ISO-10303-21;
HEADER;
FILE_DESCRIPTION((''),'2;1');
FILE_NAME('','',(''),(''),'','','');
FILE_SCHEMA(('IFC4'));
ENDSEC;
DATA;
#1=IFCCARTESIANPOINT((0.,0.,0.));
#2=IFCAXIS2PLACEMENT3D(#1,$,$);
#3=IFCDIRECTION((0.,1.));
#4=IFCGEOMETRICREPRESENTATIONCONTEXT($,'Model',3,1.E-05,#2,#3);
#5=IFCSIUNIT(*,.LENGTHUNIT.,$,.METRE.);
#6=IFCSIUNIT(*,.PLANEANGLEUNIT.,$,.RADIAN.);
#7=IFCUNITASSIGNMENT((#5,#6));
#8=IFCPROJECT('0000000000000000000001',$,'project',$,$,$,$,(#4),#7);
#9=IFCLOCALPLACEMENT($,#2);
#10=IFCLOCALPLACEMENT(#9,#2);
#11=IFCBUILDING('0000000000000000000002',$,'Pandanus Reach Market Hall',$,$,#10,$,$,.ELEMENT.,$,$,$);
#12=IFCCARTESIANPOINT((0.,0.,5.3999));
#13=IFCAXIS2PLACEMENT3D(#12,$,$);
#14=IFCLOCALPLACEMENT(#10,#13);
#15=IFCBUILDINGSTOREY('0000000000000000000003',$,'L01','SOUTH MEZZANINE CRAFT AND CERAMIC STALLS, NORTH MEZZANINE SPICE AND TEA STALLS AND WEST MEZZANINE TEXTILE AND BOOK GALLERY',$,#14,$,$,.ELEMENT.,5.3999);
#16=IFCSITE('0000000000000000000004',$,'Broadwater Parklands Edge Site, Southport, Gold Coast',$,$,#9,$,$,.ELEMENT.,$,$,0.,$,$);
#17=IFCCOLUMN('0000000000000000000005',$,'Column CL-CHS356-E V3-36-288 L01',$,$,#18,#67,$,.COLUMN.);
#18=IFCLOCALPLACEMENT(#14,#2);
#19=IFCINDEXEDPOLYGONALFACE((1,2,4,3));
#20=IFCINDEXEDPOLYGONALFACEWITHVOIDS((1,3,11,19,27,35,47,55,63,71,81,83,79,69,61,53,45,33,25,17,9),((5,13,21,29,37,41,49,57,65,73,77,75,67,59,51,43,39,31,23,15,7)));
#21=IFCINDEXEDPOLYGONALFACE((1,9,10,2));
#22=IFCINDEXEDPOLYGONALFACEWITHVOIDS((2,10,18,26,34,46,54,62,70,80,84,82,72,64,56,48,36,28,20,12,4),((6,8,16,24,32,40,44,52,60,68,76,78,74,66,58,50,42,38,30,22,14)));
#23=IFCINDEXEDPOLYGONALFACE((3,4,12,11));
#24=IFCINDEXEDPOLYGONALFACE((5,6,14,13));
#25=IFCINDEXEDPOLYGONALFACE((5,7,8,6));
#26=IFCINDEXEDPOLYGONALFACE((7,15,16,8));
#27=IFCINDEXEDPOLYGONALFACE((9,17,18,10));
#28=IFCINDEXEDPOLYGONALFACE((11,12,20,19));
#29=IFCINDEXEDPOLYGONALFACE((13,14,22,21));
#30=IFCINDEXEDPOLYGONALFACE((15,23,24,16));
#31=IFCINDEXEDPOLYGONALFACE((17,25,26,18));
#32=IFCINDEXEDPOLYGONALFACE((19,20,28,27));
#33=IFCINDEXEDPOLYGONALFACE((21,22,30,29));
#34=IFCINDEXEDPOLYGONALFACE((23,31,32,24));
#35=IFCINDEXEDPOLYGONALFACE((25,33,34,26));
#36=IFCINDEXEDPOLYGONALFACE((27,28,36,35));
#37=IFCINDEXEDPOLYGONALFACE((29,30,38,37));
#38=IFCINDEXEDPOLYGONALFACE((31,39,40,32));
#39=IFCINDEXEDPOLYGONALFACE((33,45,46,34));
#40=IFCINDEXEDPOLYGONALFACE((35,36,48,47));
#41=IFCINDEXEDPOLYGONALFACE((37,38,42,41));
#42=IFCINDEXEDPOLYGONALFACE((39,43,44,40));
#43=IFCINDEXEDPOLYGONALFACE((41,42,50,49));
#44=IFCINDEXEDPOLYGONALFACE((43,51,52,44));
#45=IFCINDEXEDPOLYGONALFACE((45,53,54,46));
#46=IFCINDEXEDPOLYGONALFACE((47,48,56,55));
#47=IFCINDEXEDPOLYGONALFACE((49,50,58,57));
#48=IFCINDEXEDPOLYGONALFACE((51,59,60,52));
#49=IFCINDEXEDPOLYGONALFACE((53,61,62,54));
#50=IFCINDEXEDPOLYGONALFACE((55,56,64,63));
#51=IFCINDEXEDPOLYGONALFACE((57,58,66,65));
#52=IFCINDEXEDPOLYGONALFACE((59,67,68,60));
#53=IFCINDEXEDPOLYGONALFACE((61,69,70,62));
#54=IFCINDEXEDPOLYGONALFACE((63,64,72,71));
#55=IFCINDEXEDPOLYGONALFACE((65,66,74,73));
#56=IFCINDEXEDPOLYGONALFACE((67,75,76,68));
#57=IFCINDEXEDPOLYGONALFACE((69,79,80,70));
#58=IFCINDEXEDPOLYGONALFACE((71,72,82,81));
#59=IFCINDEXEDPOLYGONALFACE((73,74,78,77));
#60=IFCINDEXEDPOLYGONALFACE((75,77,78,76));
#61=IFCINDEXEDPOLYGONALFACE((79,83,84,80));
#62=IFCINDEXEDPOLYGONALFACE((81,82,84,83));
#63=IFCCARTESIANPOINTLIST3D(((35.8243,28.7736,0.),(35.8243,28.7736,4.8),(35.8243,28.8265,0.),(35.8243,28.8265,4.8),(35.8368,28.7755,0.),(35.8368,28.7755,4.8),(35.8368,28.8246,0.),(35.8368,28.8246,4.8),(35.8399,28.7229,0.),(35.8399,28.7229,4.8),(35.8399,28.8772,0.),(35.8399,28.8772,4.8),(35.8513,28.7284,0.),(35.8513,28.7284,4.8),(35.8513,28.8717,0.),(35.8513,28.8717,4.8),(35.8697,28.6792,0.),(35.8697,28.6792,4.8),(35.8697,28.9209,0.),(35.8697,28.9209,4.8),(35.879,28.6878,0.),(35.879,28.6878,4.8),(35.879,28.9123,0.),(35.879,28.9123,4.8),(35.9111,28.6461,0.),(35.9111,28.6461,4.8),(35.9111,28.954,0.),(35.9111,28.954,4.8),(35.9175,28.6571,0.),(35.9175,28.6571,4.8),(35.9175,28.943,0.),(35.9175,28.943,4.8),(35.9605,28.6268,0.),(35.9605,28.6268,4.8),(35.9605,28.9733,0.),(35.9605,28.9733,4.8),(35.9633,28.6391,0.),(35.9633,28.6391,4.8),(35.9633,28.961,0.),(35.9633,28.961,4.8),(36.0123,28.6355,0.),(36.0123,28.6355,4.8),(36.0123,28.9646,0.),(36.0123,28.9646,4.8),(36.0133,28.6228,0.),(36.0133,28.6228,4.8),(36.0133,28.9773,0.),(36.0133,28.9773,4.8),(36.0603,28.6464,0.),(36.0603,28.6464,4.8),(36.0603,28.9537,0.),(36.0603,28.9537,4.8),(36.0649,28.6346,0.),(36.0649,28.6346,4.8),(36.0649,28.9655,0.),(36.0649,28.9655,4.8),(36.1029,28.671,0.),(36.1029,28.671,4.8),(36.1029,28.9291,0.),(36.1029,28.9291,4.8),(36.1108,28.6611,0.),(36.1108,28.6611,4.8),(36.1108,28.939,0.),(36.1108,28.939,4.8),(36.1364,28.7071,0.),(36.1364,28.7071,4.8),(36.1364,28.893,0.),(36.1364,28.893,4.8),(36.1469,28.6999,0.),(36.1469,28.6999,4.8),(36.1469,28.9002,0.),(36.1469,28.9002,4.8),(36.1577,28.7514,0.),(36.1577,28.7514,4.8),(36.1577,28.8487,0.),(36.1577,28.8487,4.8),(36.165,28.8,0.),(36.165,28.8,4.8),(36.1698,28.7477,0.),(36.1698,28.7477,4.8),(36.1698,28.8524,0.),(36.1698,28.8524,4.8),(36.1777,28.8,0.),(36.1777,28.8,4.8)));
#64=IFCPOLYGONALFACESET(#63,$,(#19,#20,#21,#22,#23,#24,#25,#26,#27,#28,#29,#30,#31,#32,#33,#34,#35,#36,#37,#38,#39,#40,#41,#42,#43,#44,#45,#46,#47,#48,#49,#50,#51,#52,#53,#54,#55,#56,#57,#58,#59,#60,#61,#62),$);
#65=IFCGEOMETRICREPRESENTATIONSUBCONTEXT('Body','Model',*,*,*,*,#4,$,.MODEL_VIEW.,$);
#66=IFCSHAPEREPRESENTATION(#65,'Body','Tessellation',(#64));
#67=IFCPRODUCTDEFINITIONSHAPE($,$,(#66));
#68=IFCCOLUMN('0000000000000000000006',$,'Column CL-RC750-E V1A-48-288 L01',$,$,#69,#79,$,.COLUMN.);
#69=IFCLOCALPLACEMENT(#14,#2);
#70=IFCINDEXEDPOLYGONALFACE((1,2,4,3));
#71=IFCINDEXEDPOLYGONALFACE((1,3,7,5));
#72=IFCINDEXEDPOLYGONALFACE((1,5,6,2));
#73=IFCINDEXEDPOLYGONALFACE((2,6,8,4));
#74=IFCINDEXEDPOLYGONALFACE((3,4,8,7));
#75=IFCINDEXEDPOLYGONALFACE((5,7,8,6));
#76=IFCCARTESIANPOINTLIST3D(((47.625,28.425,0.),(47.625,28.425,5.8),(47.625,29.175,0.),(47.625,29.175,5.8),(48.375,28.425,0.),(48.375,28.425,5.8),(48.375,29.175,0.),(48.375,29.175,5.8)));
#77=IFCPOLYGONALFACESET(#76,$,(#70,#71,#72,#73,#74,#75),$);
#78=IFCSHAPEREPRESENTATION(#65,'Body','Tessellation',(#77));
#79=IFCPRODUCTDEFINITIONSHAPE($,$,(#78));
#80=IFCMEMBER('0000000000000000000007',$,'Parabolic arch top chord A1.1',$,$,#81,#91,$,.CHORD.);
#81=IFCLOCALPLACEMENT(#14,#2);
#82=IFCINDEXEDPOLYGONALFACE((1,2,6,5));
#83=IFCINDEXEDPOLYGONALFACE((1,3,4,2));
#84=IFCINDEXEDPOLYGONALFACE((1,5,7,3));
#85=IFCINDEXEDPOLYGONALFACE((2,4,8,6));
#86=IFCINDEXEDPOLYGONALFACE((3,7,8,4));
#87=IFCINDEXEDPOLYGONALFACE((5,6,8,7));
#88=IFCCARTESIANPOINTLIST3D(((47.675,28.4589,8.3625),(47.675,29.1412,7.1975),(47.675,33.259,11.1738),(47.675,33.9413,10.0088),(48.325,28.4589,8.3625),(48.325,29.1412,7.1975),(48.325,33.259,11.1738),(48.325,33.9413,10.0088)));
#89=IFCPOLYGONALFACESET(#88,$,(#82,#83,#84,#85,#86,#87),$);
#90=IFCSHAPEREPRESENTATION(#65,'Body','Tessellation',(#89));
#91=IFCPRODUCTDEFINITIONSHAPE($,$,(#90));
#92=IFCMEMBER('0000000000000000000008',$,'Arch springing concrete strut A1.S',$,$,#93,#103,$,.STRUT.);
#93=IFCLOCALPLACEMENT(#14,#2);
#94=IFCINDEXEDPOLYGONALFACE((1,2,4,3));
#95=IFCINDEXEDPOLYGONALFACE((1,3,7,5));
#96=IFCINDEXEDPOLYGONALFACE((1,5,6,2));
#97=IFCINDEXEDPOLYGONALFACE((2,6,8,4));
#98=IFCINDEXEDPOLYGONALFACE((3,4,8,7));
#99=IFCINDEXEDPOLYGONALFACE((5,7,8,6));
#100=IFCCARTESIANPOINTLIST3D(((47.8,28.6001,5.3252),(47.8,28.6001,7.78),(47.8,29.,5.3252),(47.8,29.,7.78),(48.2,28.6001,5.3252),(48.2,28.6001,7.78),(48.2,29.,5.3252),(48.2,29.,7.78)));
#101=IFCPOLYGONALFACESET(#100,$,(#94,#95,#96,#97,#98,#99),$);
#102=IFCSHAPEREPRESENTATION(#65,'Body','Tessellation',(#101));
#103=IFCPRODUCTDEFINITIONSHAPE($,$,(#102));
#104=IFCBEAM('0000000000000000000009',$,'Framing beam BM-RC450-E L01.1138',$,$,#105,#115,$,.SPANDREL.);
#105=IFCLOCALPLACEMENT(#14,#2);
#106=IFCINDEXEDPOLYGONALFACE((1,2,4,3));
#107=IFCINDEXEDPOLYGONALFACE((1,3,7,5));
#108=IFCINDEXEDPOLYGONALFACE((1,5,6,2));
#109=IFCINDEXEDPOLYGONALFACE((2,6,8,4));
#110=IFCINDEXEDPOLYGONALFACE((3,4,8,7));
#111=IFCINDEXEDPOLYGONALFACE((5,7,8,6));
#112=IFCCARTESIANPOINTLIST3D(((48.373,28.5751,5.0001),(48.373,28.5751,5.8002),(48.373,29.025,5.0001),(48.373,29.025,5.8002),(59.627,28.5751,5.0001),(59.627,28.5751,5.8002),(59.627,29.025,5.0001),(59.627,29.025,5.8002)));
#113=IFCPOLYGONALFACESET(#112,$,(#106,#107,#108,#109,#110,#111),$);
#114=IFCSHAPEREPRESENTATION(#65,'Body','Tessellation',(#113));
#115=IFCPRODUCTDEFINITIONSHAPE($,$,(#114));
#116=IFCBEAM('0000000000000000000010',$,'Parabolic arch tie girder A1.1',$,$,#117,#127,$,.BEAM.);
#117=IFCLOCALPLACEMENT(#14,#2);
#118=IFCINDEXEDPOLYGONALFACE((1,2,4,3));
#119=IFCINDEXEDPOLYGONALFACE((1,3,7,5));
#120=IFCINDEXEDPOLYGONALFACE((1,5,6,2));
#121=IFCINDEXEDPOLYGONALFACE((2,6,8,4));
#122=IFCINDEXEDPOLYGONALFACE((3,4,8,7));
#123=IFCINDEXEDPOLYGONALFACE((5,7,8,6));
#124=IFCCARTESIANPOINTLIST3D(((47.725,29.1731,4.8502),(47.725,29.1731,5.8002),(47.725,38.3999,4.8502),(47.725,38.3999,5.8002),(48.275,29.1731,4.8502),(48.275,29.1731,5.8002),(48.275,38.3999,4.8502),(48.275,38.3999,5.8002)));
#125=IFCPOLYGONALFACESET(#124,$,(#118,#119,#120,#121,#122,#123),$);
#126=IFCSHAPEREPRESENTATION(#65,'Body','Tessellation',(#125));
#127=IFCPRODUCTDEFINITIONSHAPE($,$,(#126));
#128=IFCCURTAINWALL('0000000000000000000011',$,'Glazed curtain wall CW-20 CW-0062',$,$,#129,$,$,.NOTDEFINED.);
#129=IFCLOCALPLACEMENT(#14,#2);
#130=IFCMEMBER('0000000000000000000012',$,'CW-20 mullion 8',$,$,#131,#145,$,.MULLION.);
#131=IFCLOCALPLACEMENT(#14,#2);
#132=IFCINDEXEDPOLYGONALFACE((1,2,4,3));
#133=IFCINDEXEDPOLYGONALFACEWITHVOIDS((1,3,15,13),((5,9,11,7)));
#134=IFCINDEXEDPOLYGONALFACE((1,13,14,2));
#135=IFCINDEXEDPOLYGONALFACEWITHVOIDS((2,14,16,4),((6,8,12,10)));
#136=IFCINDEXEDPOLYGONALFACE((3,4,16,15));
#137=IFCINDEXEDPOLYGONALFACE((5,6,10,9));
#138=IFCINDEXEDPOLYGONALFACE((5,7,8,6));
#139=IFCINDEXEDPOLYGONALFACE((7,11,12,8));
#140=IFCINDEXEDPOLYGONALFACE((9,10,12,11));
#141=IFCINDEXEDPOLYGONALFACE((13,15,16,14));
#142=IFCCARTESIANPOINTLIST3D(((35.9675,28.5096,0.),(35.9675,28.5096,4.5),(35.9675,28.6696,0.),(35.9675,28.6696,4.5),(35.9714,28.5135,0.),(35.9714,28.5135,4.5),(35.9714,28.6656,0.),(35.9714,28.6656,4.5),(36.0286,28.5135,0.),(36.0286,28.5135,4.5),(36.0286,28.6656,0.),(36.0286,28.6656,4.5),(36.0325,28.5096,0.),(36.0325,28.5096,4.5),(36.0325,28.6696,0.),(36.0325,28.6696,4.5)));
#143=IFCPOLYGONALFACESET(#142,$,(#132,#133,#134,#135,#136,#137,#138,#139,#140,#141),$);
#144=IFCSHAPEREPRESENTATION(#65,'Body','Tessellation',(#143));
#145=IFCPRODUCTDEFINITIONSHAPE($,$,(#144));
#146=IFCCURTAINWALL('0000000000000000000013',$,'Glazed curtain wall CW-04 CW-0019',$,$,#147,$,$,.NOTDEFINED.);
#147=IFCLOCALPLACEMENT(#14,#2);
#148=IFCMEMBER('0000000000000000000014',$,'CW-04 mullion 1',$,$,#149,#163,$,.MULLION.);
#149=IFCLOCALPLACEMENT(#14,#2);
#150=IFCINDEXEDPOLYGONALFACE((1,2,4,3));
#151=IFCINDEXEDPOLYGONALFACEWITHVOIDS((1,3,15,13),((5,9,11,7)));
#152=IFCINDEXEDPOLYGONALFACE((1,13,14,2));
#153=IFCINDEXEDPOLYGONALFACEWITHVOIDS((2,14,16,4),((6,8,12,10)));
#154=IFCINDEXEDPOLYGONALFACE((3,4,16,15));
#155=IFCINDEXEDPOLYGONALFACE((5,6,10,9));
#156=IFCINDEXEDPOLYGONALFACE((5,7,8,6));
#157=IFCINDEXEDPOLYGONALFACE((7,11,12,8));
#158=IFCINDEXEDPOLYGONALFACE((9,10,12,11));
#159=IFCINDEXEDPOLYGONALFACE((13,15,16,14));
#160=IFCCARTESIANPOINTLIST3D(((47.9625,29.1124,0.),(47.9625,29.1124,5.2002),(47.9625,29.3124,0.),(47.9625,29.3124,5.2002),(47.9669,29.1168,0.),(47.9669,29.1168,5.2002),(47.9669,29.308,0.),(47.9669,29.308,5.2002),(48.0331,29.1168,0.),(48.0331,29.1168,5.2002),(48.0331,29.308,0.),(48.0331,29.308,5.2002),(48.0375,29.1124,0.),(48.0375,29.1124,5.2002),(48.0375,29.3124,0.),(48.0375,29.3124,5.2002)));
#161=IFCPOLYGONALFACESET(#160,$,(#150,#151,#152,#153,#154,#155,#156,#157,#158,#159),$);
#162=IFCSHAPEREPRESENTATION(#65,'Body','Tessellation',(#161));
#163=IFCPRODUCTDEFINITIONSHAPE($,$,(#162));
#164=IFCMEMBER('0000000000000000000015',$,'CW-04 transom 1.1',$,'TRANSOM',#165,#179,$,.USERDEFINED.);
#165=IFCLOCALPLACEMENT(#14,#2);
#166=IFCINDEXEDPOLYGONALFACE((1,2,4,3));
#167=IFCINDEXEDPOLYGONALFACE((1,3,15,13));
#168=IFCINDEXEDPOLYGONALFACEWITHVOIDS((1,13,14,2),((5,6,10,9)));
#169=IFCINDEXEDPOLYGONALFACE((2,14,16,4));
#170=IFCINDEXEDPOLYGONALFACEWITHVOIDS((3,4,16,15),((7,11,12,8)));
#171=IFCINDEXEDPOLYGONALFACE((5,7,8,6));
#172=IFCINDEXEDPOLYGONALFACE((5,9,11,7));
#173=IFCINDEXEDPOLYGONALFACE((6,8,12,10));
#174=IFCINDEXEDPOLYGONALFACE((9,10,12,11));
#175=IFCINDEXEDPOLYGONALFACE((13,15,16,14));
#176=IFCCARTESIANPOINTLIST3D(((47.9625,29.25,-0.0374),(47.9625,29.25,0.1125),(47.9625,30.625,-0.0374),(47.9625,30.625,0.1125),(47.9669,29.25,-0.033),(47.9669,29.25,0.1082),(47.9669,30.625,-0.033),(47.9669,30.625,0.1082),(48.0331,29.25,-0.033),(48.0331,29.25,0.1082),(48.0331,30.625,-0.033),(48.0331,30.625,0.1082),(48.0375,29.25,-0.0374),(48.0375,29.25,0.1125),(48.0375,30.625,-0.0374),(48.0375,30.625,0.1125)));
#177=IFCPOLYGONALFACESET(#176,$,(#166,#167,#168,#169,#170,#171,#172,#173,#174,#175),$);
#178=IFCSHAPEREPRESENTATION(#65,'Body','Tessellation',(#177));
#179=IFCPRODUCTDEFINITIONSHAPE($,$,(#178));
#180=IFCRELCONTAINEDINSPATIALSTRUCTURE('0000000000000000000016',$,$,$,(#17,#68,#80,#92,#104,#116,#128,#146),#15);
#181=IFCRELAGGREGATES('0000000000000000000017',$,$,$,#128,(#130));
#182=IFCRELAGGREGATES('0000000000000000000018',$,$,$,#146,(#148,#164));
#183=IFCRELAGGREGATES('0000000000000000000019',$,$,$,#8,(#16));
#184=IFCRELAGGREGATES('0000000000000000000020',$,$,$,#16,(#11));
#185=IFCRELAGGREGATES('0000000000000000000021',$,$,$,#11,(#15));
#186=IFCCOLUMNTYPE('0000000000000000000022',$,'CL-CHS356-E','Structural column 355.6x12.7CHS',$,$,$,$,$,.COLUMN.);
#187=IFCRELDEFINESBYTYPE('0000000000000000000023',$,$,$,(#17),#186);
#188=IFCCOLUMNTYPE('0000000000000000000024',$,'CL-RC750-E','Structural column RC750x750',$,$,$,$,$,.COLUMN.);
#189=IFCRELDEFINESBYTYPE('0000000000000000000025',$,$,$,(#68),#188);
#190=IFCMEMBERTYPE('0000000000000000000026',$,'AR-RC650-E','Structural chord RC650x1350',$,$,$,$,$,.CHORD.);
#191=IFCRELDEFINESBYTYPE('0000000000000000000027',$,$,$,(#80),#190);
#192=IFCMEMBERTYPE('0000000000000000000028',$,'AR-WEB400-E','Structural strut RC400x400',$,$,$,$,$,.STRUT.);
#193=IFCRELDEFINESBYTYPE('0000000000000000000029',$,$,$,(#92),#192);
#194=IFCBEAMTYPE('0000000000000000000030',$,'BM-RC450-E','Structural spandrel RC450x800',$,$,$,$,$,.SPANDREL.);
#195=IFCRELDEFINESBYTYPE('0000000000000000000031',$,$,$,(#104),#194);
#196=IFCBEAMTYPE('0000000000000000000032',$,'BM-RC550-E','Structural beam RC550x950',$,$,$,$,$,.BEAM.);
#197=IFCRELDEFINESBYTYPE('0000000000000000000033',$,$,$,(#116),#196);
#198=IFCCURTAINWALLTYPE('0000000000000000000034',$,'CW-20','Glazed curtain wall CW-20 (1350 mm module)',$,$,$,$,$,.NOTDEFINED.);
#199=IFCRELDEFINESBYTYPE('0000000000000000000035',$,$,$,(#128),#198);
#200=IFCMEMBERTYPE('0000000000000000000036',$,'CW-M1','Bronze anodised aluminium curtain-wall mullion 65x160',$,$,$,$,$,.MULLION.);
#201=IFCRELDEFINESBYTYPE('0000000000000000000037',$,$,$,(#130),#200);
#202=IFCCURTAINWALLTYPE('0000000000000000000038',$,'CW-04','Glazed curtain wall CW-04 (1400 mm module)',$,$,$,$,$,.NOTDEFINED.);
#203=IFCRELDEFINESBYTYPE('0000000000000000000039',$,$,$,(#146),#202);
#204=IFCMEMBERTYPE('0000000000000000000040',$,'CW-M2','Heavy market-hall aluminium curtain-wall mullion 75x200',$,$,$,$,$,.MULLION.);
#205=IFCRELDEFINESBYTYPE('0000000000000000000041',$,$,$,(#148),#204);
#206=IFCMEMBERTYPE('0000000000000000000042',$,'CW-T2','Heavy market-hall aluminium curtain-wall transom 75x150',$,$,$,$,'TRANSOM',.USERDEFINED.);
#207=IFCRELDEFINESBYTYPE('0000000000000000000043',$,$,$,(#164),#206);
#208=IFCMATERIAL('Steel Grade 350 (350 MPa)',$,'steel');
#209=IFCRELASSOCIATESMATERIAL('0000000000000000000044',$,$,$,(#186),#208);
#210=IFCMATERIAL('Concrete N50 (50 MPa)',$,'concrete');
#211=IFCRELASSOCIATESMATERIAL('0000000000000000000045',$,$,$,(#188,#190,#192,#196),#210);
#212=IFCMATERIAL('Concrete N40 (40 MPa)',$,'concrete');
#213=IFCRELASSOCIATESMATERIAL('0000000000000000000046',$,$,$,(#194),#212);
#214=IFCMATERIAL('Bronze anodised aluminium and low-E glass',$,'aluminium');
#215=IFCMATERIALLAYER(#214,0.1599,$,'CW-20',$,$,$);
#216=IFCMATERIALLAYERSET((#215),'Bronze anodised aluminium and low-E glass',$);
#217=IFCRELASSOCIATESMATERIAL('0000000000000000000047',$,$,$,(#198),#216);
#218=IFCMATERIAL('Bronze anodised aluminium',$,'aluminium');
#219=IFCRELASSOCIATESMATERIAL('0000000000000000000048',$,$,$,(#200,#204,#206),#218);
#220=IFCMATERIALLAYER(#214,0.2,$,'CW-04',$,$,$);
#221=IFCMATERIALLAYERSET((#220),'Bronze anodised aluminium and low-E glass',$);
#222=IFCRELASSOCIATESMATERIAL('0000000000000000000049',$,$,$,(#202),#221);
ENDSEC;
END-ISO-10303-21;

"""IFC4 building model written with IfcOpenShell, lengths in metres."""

from ifc_helpers import new_model, si_unit, direction, frame, origin, origin_2d, place, context, subcontext, project, spatial, rectangle, hollow_rectangle, hollow_circle, extrude, material, layer, layer_set, material_profile, profile_set, type_object, element, aggregate, save


model = new_model("IFC4")

# Units and contexts
model_context = context("Model", 3, precision=1e-05, world=origin(), true_north=direction((0.0, 1.0)))
body_context = subcontext(model_context, "Body", "Model", "MODEL_VIEW")
ifc_project = project(units=[si_unit("LENGTHUNIT", "METRE"), si_unit("PLANEANGLEUNIT", "RADIAN")], contexts=[model_context])

# Site, building, storey
site_placement = place(None, origin())
site = spatial("IfcSite", under=ifc_project, at=site_placement, Name="Broadwater Parklands Edge Site, Southport, Gold Coast", CompositionType="ELEMENT", RefElevation=0.0)
building_placement = place(site_placement, origin())
building = spatial("IfcBuilding", under=site, at=building_placement, Name="Pandanus Reach Market Hall", CompositionType="ELEMENT")
storey_placement = place(building_placement, frame((0.0, 0.0, 5.3999)))
storey = spatial("IfcBuildingStorey", under=building, at=storey_placement, Name="L01", Description="SOUTH MEZZANINE CRAFT AND CERAMIC STALLS, NORTH MEZZANINE SPICE AND TEA STALLS AND WEST MEZZANINE TEXTILE AND BOOK GALLERY", CompositionType="ELEMENT", Elevation=5.3999)

# Columns
ifc_material_1 = material(Name="Steel Grade 350 (350 MPa)", Category="steel")
ifc_material_profile_1 = material_profile(ifc_material_1, hollow_circle(Radius=0.1777, WallThickness=0.0127, at=origin_2d()), Name="355.6x12.7CHS", Category="LoadBearing")
ifc_profile_set_1 = profile_set([ifc_material_profile_1], Name="Steel Grade 350 (350 MPa)")
column_type_1 = type_object("IfcColumnType", Name="CL-CHS356-E", Description="Structural column 355.6x12.7CHS", PredefinedType="COLUMN", material=ifc_profile_set_1)
column_1_placement = place(storey_placement, frame((36.0, 28.8, 0.0), z_axis=(0.0, 0.0, 1.0), x_axis=(1.0, 0.0, 0.0)))
element("IfcColumn", 1, at=column_1_placement, inside=storey, type_object=column_type_1, Name="Column CL-CHS356-E V3-36-288 L01", PredefinedType="COLUMN", context=body_context, shape_type="SweptSolid", body=[
    extrude(hollow_circle(Radius=0.1777, WallThickness=0.0127, at=origin_2d()), origin(), (0.0, 0.0, 1.0), 4.8),
])
ifc_material_2 = material(Name="Concrete N50 (50 MPa)", Category="concrete")
ifc_material_profile_2 = material_profile(ifc_material_2, rectangle(XDim=0.75, YDim=0.75, at=origin_2d()), Name="RC750x750", Category="LoadBearing")
ifc_profile_set_2 = profile_set([ifc_material_profile_2], Name="Concrete N50 (50 MPa)")
column_type_2 = type_object("IfcColumnType", Name="CL-RC750-E", Description="Structural column RC750x750", PredefinedType="COLUMN", material=ifc_profile_set_2)
column_2_placement = place(storey_placement, frame((48.0, 28.8, 0.0), z_axis=(0.0, 0.0, 1.0), x_axis=(1.0, 0.0, 0.0)))
element("IfcColumn", 2, at=column_2_placement, inside=storey, type_object=column_type_2, Name="Column CL-RC750-E V1A-48-288 L01", PredefinedType="COLUMN", context=body_context, shape_type="SweptSolid", body=[
    extrude(rectangle(XDim=0.75, YDim=0.75, at=origin_2d()), origin(), (0.0, 0.0, 1.0), 5.8),
])

# Members
ifc_material_profile_3 = material_profile(ifc_material_2, rectangle(XDim=0.6499, YDim=1.3501, at=origin_2d()), Name="RC650x1350", Category="LoadBearing")
ifc_profile_set_3 = profile_set([ifc_material_profile_3], Name="Concrete N50 (50 MPa)")
member_type_1 = type_object("IfcMemberType", Name="AR-RC650-E", Description="Structural chord RC650x1350", PredefinedType="CHORD", material=ifc_profile_set_3)
member_1_placement = place(storey_placement, frame((48.0, 28.8, 7.78), z_axis=(0.0, 0.862897, 0.505379), x_axis=(-1.0, 0.0, 0.0)))
element("IfcMember", 3, at=member_1_placement, inside=storey, type_object=member_type_1, Name="Parabolic arch top chord A1.1", PredefinedType="CHORD", context=body_context, shape_type="SweptSolid", body=[
    extrude(rectangle(XDim=0.6499, YDim=1.3501, at=origin_2d()), origin(), (0.0, 0.0, 1.0), 5.5627),
])
ifc_material_profile_4 = material_profile(ifc_material_2, rectangle(XDim=0.3999, YDim=0.3999, at=origin_2d()), Name="RC400x400", Category="LoadBearing")
ifc_profile_set_4 = profile_set([ifc_material_profile_4], Name="Concrete N50 (50 MPa)")
member_type_2 = type_object("IfcMemberType", Name="AR-WEB400-E", Description="Structural strut RC400x400", PredefinedType="STRUT", material=ifc_profile_set_4)
member_2_placement = place(storey_placement, frame((48.0, 28.8, 5.3252), z_axis=(0.0, 0.0, 1.0), x_axis=(1.0, 0.0, 0.0)))
element("IfcMember", 4, at=member_2_placement, inside=storey, type_object=member_type_2, Name="Arch springing concrete strut A1.S", PredefinedType="STRUT", context=body_context, shape_type="SweptSolid", body=[
    extrude(rectangle(XDim=0.3999, YDim=0.3999, at=origin_2d()), origin(), (0.0, 0.0, 1.0), 2.4548),
])

# Beams
ifc_material_3 = material(Name="Concrete N40 (40 MPa)", Category="concrete")
ifc_material_profile_5 = material_profile(ifc_material_3, rectangle(XDim=0.45, YDim=0.8, at=origin_2d()), Name="RC450x800", Category="LoadBearing")
ifc_profile_set_5 = profile_set([ifc_material_profile_5], Name="Concrete N40 (40 MPa)")
beam_type_1 = type_object("IfcBeamType", Name="BM-RC450-E", Description="Structural spandrel RC450x800", PredefinedType="SPANDREL", material=ifc_profile_set_5)
beam_1_placement = place(storey_placement, frame((48.373, 28.8, 5.4001), z_axis=(1.0, 0.0, 0.0), x_axis=(0.0, 1.0, 0.0)))
element("IfcBeam", 5, at=beam_1_placement, inside=storey, type_object=beam_type_1, Name="Framing beam BM-RC450-E L01.1138", PredefinedType="SPANDREL", context=body_context, shape_type="SweptSolid", body=[
    extrude(rectangle(XDim=0.45, YDim=0.8, at=origin_2d()), origin(), (0.0, 0.0, 1.0), 11.2539),
])
ifc_material_profile_6 = material_profile(ifc_material_2, rectangle(XDim=0.55, YDim=0.95, at=origin_2d()), Name="RC550x950", Category="LoadBearing")
ifc_profile_set_6 = profile_set([ifc_material_profile_6], Name="Concrete N50 (50 MPa)")
beam_type_2 = type_object("IfcBeamType", Name="BM-RC550-E", Description="Structural beam RC550x950", PredefinedType="BEAM", material=ifc_profile_set_6)
beam_2_placement = place(storey_placement, frame((48.0, 29.1731, 5.3252), z_axis=(0.0, 1.0, 0.0), x_axis=(-1.0, 0.0, 0.0)))
element("IfcBeam", 6, at=beam_2_placement, inside=storey, type_object=beam_type_2, Name="Parabolic arch tie girder A1.1", PredefinedType="BEAM", context=body_context, shape_type="SweptSolid", body=[
    extrude(rectangle(XDim=0.55, YDim=0.95, at=origin_2d()), origin(), (0.0, 0.0, 1.0), 9.2268),
])

# Curtain wall, member
ifc_material_4 = material(Name="Bronze anodised aluminium and low-E glass", Category="aluminium")
ifc_layer_1 = layer(ifc_material_4, 0.1599, Name="CW-20")
ifc_layer_set_1 = layer_set([ifc_layer_1], Name="Bronze anodised aluminium and low-E glass")
curtain_wall_type_1 = type_object("IfcCurtainWallType", Name="CW-20", Description="Glazed curtain wall CW-20 (1350 mm module)", PredefinedType="NOTDEFINED", material=ifc_layer_set_1)
curtain_wall_1_placement = place(storey_placement, origin())
curtain_wall_1 = element("IfcCurtainWall", 7, at=curtain_wall_1_placement, inside=storey, type_object=curtain_wall_type_1, Name="Glazed curtain wall CW-20 CW-0062", PredefinedType="NOTDEFINED")
ifc_material_5 = material(Name="Bronze anodised aluminium", Category="aluminium")
ifc_material_profile_7 = material_profile(ifc_material_5, hollow_rectangle(XDim=0.0649, YDim=0.1599, WallThickness=0.0039, at=origin_2d()), Name="ALU65x160", Category="LoadBearing")
ifc_profile_set_7 = profile_set([ifc_material_profile_7], Name="Bronze anodised aluminium")
member_type_3 = type_object("IfcMemberType", Name="CW-M1", Description="Bronze anodised aluminium curtain-wall mullion 65x160", PredefinedType="MULLION", material=ifc_profile_set_7)
member_3_placement = place(storey_placement, frame((36.0, 28.5896, 0.0), z_axis=(0.0, 0.0, 1.0), x_axis=(-1.0, 0.0, 0.0)))
member_3 = element("IfcMember", 8, at=member_3_placement, type_object=member_type_3, Name="CW-20 mullion 8", PredefinedType="MULLION", context=body_context, shape_type="SweptSolid", body=[
    extrude(hollow_rectangle(XDim=0.0649, YDim=0.1599, WallThickness=0.0039, at=origin_2d()), origin(), (0.0, 0.0, 1.0), 4.5),
])
aggregate(curtain_wall_1, [member_3])

# Curtain wall, members
ifc_layer_2 = layer(ifc_material_4, 0.2, Name="CW-04")
ifc_layer_set_2 = layer_set([ifc_layer_2], Name="Bronze anodised aluminium and low-E glass")
curtain_wall_type_2 = type_object("IfcCurtainWallType", Name="CW-04", Description="Glazed curtain wall CW-04 (1400 mm module)", PredefinedType="NOTDEFINED", material=ifc_layer_set_2)
curtain_wall_2_placement = place(storey_placement, origin())
curtain_wall_2 = element("IfcCurtainWall", 9, at=curtain_wall_2_placement, inside=storey, type_object=curtain_wall_type_2, Name="Glazed curtain wall CW-04 CW-0019", PredefinedType="NOTDEFINED")
ifc_material_profile_8 = material_profile(ifc_material_5, hollow_rectangle(XDim=0.075, YDim=0.2, WallThickness=0.0044, at=origin_2d()), Name="ALU75x200", Category="LoadBearing")
ifc_profile_set_8 = profile_set([ifc_material_profile_8], Name="Bronze anodised aluminium")
member_type_4 = type_object("IfcMemberType", Name="CW-M2", Description="Heavy market-hall aluminium curtain-wall mullion 75x200", PredefinedType="MULLION", material=ifc_profile_set_8)
member_4_placement = place(storey_placement, frame((48.0, 29.2124, 0.0), z_axis=(0.0, 0.0, 1.0), x_axis=(-1.0, 0.0, 0.0)))
member_4 = element("IfcMember", 10, at=member_4_placement, type_object=member_type_4, Name="CW-04 mullion 1", PredefinedType="MULLION", context=body_context, shape_type="SweptSolid", body=[
    extrude(hollow_rectangle(XDim=0.075, YDim=0.2, WallThickness=0.0044, at=origin_2d()), origin(), (0.0, 0.0, 1.0), 5.2002),
])
ifc_material_profile_9 = material_profile(ifc_material_5, hollow_rectangle(XDim=0.075, YDim=0.1499, WallThickness=0.0044, at=origin_2d()), Name="ALU75x150", Category="LoadBearing")
ifc_profile_set_9 = profile_set([ifc_material_profile_9], Name="Bronze anodised aluminium")
member_type_5 = type_object("IfcMemberType", Name="CW-T2", Description="Heavy market-hall aluminium curtain-wall transom 75x150", ElementType="TRANSOM", PredefinedType="USERDEFINED", material=ifc_profile_set_9)
member_5_placement = place(storey_placement, frame((48.0, 29.25, 0.0376), z_axis=(0.0, 1.0, 0.0), x_axis=(-1.0, 0.0, 0.0)))
member_5 = element("IfcMember", 11, at=member_5_placement, type_object=member_type_5, Name="CW-04 transom 1.1", ObjectType="TRANSOM", PredefinedType="USERDEFINED", context=body_context, shape_type="SweptSolid", body=[
    extrude(hollow_rectangle(XDim=0.075, YDim=0.1499, WallThickness=0.0044, at=origin_2d()), origin(), (0.0, 0.0, 1.0), 1.375),
])

aggregate(curtain_wall_2, [member_4, member_5])

save(model, "model.ifc")
